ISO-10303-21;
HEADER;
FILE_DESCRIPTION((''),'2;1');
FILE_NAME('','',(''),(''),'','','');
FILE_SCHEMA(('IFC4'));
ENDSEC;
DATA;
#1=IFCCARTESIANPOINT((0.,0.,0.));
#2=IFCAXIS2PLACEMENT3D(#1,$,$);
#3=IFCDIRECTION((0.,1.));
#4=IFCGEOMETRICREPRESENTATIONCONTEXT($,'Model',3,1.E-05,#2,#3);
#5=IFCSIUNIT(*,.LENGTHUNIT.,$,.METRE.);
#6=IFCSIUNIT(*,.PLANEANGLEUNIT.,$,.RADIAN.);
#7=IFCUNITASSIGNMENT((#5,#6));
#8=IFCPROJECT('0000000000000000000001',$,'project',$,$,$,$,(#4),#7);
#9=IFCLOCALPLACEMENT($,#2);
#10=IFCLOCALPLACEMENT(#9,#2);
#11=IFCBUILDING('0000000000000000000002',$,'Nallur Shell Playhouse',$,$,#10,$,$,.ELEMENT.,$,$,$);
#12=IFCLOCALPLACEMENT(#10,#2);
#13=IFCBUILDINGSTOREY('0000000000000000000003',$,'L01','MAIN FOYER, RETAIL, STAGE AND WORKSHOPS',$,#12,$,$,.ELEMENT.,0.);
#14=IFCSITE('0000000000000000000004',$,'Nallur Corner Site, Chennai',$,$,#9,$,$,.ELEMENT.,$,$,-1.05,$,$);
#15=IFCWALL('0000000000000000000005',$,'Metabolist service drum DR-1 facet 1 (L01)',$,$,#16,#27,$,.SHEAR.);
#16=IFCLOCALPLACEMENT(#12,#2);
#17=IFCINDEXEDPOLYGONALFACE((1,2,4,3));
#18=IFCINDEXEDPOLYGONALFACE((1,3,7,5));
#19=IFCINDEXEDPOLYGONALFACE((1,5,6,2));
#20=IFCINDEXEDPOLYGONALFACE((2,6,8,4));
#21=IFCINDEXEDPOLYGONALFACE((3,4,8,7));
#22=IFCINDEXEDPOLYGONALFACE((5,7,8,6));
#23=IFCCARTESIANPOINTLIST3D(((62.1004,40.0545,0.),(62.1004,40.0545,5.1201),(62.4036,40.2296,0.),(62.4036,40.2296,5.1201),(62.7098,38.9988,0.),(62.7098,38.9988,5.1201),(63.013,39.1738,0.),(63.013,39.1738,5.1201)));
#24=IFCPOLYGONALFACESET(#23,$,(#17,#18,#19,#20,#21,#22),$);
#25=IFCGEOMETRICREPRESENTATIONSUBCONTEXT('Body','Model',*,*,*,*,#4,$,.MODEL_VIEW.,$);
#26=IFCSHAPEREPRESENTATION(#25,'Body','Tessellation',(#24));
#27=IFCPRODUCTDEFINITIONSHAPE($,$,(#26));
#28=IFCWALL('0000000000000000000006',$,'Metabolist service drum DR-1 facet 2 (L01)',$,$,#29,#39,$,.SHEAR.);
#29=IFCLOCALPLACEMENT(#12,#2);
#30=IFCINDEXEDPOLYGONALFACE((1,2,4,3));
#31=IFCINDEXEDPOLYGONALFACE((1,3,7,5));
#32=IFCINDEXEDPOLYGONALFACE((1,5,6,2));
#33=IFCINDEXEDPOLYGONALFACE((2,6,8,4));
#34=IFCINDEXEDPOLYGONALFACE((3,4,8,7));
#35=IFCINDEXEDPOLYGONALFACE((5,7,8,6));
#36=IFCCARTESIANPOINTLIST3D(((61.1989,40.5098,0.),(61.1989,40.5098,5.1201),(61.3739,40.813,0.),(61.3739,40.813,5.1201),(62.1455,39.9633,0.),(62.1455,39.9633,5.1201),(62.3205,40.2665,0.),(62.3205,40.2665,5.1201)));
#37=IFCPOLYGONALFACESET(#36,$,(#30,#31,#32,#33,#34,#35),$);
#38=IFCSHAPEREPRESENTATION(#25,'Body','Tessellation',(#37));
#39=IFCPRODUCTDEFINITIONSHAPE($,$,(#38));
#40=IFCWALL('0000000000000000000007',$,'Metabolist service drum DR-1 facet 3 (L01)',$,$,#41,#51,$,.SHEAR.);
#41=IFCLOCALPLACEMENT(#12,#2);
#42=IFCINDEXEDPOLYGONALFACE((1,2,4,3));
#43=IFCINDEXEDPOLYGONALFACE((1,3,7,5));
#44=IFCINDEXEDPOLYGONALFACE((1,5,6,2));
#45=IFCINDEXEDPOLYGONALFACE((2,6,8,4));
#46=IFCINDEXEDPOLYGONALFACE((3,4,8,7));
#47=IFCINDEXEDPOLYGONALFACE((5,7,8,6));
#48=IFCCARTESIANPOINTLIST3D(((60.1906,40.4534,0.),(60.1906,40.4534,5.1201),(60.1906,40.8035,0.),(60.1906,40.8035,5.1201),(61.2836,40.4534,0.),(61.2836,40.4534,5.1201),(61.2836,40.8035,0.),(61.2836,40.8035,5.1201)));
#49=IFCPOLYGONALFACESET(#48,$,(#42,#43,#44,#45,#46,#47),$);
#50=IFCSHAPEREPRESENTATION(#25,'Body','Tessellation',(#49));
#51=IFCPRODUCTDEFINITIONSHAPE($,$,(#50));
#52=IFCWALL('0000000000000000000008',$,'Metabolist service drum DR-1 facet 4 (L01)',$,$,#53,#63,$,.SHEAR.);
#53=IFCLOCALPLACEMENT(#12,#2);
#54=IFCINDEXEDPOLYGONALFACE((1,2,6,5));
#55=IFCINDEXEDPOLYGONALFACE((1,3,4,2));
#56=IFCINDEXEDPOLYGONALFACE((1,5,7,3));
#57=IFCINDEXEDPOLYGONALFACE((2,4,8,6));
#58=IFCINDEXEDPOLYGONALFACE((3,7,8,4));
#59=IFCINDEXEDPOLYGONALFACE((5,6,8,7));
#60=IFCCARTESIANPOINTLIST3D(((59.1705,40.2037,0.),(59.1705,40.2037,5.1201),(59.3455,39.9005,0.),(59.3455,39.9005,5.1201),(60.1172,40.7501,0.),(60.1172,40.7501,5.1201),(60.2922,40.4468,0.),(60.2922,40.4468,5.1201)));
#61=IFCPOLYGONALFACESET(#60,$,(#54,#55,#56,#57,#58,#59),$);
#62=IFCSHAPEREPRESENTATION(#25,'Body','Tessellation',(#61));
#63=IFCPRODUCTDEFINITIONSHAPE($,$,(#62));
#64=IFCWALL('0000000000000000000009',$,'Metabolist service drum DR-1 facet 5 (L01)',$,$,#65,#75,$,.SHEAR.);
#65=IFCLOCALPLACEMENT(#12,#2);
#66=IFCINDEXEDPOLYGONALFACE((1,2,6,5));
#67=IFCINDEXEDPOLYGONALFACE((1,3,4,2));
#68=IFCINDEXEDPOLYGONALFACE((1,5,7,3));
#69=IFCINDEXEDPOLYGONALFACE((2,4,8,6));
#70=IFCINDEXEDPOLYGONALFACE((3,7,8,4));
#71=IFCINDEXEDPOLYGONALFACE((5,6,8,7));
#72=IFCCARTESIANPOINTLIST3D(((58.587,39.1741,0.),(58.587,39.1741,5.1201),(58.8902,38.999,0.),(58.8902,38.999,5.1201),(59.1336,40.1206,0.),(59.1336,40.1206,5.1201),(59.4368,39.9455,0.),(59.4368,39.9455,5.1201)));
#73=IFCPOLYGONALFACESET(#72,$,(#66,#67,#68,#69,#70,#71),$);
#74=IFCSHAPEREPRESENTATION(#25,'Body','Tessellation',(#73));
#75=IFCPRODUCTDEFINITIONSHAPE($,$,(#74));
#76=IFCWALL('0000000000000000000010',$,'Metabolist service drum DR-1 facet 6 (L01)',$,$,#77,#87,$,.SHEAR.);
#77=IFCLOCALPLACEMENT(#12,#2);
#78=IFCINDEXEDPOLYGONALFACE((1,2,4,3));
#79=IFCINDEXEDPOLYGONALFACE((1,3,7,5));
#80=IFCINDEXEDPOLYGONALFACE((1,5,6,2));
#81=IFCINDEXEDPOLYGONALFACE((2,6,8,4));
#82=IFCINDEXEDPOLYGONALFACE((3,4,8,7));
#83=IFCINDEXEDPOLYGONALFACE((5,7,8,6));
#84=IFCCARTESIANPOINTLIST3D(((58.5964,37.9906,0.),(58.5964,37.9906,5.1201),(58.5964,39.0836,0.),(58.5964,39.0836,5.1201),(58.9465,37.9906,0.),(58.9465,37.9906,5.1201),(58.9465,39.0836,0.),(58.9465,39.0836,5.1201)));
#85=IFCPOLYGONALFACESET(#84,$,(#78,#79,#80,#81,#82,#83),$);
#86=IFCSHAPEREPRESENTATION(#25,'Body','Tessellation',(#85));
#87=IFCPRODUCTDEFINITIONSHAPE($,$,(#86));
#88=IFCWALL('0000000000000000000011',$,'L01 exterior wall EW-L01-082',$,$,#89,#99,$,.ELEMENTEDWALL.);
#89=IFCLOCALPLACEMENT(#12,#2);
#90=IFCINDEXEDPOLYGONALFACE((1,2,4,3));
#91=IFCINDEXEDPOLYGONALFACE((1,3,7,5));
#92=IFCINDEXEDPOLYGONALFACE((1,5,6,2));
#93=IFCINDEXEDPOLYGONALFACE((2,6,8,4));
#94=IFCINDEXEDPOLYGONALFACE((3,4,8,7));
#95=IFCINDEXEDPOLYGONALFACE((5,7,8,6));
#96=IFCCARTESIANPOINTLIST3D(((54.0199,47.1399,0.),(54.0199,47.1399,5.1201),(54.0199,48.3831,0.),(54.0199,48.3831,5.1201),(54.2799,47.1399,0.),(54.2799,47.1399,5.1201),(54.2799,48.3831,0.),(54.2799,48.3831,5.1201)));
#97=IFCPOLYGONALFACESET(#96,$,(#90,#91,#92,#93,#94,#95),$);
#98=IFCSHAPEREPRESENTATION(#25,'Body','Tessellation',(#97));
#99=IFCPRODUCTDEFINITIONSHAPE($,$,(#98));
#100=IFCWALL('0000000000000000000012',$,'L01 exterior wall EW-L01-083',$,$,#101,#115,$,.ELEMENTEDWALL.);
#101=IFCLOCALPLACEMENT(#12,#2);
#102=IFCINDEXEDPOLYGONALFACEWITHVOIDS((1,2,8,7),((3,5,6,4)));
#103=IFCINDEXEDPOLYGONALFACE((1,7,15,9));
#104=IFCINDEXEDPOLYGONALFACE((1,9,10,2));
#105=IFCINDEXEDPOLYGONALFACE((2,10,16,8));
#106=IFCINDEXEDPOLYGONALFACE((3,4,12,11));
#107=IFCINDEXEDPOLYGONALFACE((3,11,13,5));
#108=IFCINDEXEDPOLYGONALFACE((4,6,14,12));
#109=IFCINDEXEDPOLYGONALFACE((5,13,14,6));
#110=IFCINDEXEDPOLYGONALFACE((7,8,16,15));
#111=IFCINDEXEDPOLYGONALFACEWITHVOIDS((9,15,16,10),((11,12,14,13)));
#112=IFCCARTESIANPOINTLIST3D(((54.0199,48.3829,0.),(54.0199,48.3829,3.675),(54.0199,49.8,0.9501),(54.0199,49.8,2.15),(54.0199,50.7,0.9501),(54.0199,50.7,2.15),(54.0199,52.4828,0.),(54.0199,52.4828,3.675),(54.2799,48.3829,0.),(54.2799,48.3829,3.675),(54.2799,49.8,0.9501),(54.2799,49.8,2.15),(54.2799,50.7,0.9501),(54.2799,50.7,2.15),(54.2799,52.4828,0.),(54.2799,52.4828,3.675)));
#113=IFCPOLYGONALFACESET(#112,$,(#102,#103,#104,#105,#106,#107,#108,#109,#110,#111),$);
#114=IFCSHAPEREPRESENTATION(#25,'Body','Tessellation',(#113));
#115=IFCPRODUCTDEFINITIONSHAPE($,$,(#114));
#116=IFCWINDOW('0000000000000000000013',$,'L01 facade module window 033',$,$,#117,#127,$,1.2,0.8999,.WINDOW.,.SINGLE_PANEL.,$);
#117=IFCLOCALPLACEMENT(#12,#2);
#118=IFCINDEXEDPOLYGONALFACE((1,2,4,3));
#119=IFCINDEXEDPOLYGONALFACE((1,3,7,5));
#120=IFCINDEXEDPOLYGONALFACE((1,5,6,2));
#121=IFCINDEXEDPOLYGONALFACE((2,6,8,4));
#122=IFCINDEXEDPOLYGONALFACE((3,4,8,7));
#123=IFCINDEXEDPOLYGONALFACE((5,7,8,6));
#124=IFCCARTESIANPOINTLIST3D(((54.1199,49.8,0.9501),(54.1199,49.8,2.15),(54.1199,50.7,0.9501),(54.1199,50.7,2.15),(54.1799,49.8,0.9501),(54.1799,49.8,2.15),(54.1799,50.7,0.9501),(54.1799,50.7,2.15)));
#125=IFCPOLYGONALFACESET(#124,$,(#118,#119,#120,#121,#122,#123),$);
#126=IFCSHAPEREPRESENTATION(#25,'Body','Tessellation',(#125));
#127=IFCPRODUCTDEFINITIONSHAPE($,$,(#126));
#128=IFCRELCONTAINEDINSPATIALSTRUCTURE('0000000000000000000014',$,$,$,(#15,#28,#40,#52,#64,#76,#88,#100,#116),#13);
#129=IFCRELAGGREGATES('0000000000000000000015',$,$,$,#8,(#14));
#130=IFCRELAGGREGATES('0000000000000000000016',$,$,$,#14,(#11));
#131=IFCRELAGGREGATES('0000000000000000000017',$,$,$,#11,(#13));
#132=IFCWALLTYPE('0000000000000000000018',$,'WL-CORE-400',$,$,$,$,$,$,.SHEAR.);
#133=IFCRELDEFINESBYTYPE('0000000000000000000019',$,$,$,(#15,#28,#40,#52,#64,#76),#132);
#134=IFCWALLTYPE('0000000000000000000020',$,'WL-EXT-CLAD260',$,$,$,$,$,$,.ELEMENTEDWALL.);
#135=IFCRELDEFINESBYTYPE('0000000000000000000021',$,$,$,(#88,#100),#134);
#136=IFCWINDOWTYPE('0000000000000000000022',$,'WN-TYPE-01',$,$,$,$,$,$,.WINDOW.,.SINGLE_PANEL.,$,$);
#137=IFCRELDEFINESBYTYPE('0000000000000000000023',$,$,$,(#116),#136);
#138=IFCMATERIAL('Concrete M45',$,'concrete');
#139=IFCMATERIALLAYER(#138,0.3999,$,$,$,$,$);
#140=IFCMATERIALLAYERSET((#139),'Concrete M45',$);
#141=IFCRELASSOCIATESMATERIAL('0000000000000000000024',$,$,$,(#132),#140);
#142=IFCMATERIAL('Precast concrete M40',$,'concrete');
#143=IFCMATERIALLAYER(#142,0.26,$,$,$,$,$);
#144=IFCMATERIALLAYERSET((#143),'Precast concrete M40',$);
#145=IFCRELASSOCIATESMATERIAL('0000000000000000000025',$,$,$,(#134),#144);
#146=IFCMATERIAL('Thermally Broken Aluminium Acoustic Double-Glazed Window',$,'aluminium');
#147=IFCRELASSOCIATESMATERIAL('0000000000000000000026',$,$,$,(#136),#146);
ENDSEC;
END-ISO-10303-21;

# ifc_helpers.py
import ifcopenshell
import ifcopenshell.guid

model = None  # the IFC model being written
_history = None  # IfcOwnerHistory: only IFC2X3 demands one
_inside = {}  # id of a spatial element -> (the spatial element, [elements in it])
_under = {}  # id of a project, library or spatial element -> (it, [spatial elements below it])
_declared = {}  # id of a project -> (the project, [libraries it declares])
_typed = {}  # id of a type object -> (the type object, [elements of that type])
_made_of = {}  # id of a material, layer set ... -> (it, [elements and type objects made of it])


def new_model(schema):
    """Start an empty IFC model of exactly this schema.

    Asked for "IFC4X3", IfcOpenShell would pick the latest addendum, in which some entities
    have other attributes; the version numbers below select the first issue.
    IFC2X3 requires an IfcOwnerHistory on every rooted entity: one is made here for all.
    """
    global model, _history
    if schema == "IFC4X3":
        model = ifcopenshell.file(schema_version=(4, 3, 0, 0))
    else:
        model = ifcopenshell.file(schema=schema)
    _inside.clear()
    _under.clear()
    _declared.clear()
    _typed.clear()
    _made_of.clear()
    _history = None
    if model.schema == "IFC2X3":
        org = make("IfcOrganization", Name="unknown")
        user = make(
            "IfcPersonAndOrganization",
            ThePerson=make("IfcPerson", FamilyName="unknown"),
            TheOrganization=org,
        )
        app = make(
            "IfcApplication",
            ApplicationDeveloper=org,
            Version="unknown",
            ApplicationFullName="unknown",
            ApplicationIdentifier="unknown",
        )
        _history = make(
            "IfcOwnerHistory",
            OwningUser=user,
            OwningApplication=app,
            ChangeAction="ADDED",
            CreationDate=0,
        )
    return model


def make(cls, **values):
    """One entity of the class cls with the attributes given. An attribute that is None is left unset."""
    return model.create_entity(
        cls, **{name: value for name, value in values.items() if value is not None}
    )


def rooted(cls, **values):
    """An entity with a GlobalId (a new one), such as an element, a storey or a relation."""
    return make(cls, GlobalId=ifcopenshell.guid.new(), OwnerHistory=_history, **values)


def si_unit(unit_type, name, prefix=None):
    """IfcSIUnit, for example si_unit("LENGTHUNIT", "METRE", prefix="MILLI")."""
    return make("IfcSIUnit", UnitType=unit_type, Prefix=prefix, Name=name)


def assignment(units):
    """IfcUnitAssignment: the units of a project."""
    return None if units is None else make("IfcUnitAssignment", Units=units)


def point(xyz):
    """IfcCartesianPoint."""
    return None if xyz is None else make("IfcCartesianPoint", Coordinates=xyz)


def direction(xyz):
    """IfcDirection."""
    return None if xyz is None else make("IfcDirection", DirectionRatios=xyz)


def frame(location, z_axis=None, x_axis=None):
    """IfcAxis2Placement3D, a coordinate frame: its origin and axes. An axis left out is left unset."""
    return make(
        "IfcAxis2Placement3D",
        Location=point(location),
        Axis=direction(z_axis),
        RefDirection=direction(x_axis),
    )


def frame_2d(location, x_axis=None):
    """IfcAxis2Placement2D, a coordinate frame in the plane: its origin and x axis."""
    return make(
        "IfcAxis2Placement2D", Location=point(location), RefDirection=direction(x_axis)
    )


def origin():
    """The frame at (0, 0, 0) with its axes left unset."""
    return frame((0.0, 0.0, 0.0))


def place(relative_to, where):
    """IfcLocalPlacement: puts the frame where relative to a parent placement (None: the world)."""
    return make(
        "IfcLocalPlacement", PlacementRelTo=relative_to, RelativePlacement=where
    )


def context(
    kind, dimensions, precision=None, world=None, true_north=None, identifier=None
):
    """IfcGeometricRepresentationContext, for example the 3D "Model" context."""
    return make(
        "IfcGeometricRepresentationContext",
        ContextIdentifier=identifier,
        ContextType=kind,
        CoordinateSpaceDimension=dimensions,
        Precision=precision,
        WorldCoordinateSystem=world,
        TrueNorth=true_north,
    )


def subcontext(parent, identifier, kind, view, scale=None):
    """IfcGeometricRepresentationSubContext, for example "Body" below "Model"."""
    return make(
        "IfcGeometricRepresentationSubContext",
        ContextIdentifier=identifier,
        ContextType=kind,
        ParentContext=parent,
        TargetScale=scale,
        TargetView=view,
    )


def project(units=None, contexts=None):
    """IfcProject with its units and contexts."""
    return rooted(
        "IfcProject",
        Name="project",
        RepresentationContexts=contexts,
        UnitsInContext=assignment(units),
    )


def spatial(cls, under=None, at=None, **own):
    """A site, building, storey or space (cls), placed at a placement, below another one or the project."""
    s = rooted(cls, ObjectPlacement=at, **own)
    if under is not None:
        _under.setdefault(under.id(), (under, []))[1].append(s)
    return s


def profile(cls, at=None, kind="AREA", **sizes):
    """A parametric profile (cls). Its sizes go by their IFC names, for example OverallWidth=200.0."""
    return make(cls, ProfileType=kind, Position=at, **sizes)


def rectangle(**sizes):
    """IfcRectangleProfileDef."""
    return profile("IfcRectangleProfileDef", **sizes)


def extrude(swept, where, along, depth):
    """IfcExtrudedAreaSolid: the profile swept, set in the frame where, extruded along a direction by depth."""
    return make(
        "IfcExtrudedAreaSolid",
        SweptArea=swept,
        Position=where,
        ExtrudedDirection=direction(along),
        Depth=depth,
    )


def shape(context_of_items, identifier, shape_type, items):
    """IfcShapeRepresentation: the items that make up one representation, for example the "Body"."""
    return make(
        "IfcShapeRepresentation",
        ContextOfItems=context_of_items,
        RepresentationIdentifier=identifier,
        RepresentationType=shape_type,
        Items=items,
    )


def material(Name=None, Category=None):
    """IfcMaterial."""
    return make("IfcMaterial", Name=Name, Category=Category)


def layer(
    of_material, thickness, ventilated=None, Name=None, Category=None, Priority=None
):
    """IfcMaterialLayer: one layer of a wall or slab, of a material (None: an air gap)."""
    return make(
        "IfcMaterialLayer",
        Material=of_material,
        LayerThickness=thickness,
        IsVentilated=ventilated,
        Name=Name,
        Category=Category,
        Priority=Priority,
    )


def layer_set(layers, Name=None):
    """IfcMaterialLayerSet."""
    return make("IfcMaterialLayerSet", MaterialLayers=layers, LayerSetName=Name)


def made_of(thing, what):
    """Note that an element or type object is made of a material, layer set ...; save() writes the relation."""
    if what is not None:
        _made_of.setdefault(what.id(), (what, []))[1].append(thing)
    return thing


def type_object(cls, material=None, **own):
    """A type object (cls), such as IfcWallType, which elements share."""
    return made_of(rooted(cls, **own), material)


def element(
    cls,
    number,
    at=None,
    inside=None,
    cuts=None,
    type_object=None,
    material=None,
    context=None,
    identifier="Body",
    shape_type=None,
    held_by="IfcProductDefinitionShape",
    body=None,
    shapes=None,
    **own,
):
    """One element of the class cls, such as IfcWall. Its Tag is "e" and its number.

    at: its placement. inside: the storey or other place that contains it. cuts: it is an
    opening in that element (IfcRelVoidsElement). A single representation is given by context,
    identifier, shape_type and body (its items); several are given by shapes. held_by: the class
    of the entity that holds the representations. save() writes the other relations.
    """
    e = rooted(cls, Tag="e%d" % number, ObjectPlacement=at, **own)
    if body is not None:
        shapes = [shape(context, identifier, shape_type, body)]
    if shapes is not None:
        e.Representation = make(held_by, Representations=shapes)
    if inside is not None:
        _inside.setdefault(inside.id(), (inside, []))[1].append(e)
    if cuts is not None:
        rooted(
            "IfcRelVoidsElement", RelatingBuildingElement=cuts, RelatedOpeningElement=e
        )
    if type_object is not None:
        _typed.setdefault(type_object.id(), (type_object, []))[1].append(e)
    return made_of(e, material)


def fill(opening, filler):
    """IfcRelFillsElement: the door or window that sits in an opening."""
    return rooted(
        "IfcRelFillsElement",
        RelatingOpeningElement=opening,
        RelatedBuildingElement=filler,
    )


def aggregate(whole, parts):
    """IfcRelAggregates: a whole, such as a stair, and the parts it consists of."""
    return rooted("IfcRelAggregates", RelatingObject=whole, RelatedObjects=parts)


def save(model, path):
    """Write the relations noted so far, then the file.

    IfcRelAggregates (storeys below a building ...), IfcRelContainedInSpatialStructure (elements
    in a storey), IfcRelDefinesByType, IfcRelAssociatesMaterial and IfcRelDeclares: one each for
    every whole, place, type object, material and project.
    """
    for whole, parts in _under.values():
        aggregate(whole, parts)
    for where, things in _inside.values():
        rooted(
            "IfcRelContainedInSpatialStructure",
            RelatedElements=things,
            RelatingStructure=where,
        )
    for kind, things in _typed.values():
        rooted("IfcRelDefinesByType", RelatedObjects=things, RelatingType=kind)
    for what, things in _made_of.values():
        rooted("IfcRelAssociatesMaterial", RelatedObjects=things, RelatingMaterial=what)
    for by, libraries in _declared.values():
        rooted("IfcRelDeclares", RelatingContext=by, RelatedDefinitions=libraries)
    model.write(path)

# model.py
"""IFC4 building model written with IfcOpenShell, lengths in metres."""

from ifc_helpers import new_model, si_unit, direction, frame, frame_2d, origin, place, context, subcontext, project, spatial, rectangle, extrude, material, layer, layer_set, type_object, element, fill, save


model = new_model("IFC4")

# Units and contexts
model_context = context("Model", 3, precision=1e-05, world=origin(), true_north=direction((0.0, 1.0)))
body_context = subcontext(model_context, "Body", "Model", "MODEL_VIEW")
ifc_project = project(units=[si_unit("LENGTHUNIT", "METRE"), si_unit("PLANEANGLEUNIT", "RADIAN")], contexts=[model_context])

# Site, building, storey
site_placement = place(None, origin())
site = spatial("IfcSite", under=ifc_project, at=site_placement, Name="Nallur Corner Site, Chennai", CompositionType="ELEMENT", RefElevation=-1.05)
building_placement = place(site_placement, origin())
building = spatial("IfcBuilding", under=site, at=building_placement, Name="Nallur Shell Playhouse", CompositionType="ELEMENT")
storey_placement = place(building_placement, origin())
storey = spatial("IfcBuildingStorey", under=building, at=storey_placement, Name="L01", Description="MAIN FOYER, RETAIL, STAGE AND WORKSHOPS", CompositionType="ELEMENT", Elevation=0.0)

# Walls
ifc_material_1 = material(Name="Concrete M45", Category="concrete")
ifc_layer_1 = layer(ifc_material_1, 0.3999)
ifc_layer_set_1 = layer_set([ifc_layer_1], Name="Concrete M45")
wall_type_1 = type_object("IfcWallType", Name="WL-CORE-400", PredefinedType="SHEAR", material=ifc_layer_set_1)
wall_1_placement = place(storey_placement, frame((62.8613, 39.0864, 0.0), z_axis=(0.0, 0.0, 1.0), x_axis=(-0.499931, 0.866066, 0.0)))
element("IfcWall", 1, at=wall_1_placement, inside=storey, type_object=wall_type_1, Name="Metabolist service drum DR-1 facet 1 (L01)", PredefinedType="SHEAR", context=body_context, shape_type="SweptSolid", body=[
    extrude(rectangle(XDim=1.219, YDim=0.3501, at=frame_2d((0.6094, 0.0))), origin(), (0.0, 0.0, 1.0), 5.1201),
])
for number, where, z_axis, x_axis, name in (
    (2, (62.2329, 40.115, 0.0), (0.0, 0.0, 1.0), (-0.866063, 0.499935, 0.0), "Metabolist service drum DR-1 facet 2 (L01)"),
    (3, (61.2834, 40.6284, 0.0), (0.0, 0.0, 1.0), (-1.0, 0.0, 0.0), "Metabolist service drum DR-1 facet 3 (L01)"),
    (4, (60.2046, 40.5984, 0.0), (0.0, 0.0, 1.0), (-0.866119, -0.499838, 0.0), "Metabolist service drum DR-1 facet 4 (L01)"),
    (5, (59.2852, 40.033, 0.0), (0.0, 0.0, 1.0), (-0.500103, -0.865966, 0.0), "Metabolist service drum DR-1 facet 5 (L01)"),
    (6, (58.7715, 39.0835, 0.0), (0.0, 0.0, 1.0), (0.0, -1.0, 0.0), "Metabolist service drum DR-1 facet 6 (L01)"),
):
    element("IfcWall", number, at=place(storey_placement, frame(where, z_axis=z_axis, x_axis=x_axis)), inside=storey, type_object=wall_type_1, Name=name, PredefinedType="SHEAR", context=body_context, shape_type="SweptSolid", body=[
        extrude(rectangle(XDim=1.093, YDim=0.3501, at=frame_2d((0.5464, 0.0))), origin(), (0.0, 0.0, 1.0), 5.1201),
    ])
ifc_material_2 = material(Name="Precast concrete M40", Category="concrete")
ifc_layer_2 = layer(ifc_material_2, 0.26)
ifc_layer_set_2 = layer_set([ifc_layer_2], Name="Precast concrete M40")
wall_type_2 = type_object("IfcWallType", Name="WL-EXT-CLAD260", PredefinedType="ELEMENTEDWALL", material=ifc_layer_set_2)
wall_2_placement = place(storey_placement, frame((54.1499, 47.1399, 0.0), z_axis=(0.0, 0.0, 1.0), x_axis=(0.0, 1.0, 0.0)))
element("IfcWall", 7, at=wall_2_placement, inside=storey, type_object=wall_type_2, Name="L01 exterior wall EW-L01-082", PredefinedType="ELEMENTEDWALL", context=body_context, shape_type="SweptSolid", body=[
    extrude(rectangle(XDim=1.2432, YDim=0.26, at=frame_2d((0.6216, 0.0))), origin(), (0.0, 0.0, 1.0), 5.1201),
])

# Wall, opening, window
wall_3_placement = place(storey_placement, frame((54.1499, 48.3831, 0.0), z_axis=(0.0, 0.0, 1.0), x_axis=(0.0, 1.0, 0.0)))
wall_3 = element("IfcWall", 8, at=wall_3_placement, inside=storey, type_object=wall_type_2, Name="L01 exterior wall EW-L01-083", PredefinedType="ELEMENTEDWALL", context=body_context, shape_type="SweptSolid", body=[
    extrude(rectangle(XDim=4.0999, YDim=0.26, at=frame_2d((2.0498, 0.0))), origin(), (0.0, 0.0, 1.0), 3.675),
])
opening_placement = place(wall_3_placement, frame((1.417, 0.0, 0.95)))
opening = element("IfcOpeningElement", 9, at=opening_placement, cuts=wall_3, PredefinedType="OPENING", context=body_context, shape_type="SweptSolid", body=[
    extrude(rectangle(XDim=0.8999, YDim=1.2, at=frame_2d((0.45, 0.6001))), frame((0.0, 0.1401, 0.0), z_axis=(0.0, -1.0, 0.0), x_axis=(1.0, 0.0, 0.0)), (0.0, 0.0, 1.0), 0.28),
])
ifc_material_3 = material(Name="Thermally Broken Aluminium Acoustic Double-Glazed Window", Category="aluminium")
window_type = type_object("IfcWindowType", Name="WN-TYPE-01", PartitioningType="SINGLE_PANEL", PredefinedType="WINDOW", material=ifc_material_3)
window_placement = place(opening_placement, origin())
window = element("IfcWindow", 10, at=window_placement, inside=storey, type_object=window_type, Name="L01 facade module window 033", OverallHeight=1.2, OverallWidth=0.8999, PartitioningType="SINGLE_PANEL", PredefinedType="WINDOW", context=body_context, shape_type="SweptSolid", body=[
    extrude(rectangle(XDim=0.8999, YDim=1.2, at=frame_2d((0.45, 0.6001))), frame((0.0, 0.03, 0.0), z_axis=(0.0, -1.0, 0.0), x_axis=(1.0, 0.0, 0.0)), (0.0, 0.0, 1.0), 0.0601),
])
fill(opening, window)

save(model, "model.ifc")
